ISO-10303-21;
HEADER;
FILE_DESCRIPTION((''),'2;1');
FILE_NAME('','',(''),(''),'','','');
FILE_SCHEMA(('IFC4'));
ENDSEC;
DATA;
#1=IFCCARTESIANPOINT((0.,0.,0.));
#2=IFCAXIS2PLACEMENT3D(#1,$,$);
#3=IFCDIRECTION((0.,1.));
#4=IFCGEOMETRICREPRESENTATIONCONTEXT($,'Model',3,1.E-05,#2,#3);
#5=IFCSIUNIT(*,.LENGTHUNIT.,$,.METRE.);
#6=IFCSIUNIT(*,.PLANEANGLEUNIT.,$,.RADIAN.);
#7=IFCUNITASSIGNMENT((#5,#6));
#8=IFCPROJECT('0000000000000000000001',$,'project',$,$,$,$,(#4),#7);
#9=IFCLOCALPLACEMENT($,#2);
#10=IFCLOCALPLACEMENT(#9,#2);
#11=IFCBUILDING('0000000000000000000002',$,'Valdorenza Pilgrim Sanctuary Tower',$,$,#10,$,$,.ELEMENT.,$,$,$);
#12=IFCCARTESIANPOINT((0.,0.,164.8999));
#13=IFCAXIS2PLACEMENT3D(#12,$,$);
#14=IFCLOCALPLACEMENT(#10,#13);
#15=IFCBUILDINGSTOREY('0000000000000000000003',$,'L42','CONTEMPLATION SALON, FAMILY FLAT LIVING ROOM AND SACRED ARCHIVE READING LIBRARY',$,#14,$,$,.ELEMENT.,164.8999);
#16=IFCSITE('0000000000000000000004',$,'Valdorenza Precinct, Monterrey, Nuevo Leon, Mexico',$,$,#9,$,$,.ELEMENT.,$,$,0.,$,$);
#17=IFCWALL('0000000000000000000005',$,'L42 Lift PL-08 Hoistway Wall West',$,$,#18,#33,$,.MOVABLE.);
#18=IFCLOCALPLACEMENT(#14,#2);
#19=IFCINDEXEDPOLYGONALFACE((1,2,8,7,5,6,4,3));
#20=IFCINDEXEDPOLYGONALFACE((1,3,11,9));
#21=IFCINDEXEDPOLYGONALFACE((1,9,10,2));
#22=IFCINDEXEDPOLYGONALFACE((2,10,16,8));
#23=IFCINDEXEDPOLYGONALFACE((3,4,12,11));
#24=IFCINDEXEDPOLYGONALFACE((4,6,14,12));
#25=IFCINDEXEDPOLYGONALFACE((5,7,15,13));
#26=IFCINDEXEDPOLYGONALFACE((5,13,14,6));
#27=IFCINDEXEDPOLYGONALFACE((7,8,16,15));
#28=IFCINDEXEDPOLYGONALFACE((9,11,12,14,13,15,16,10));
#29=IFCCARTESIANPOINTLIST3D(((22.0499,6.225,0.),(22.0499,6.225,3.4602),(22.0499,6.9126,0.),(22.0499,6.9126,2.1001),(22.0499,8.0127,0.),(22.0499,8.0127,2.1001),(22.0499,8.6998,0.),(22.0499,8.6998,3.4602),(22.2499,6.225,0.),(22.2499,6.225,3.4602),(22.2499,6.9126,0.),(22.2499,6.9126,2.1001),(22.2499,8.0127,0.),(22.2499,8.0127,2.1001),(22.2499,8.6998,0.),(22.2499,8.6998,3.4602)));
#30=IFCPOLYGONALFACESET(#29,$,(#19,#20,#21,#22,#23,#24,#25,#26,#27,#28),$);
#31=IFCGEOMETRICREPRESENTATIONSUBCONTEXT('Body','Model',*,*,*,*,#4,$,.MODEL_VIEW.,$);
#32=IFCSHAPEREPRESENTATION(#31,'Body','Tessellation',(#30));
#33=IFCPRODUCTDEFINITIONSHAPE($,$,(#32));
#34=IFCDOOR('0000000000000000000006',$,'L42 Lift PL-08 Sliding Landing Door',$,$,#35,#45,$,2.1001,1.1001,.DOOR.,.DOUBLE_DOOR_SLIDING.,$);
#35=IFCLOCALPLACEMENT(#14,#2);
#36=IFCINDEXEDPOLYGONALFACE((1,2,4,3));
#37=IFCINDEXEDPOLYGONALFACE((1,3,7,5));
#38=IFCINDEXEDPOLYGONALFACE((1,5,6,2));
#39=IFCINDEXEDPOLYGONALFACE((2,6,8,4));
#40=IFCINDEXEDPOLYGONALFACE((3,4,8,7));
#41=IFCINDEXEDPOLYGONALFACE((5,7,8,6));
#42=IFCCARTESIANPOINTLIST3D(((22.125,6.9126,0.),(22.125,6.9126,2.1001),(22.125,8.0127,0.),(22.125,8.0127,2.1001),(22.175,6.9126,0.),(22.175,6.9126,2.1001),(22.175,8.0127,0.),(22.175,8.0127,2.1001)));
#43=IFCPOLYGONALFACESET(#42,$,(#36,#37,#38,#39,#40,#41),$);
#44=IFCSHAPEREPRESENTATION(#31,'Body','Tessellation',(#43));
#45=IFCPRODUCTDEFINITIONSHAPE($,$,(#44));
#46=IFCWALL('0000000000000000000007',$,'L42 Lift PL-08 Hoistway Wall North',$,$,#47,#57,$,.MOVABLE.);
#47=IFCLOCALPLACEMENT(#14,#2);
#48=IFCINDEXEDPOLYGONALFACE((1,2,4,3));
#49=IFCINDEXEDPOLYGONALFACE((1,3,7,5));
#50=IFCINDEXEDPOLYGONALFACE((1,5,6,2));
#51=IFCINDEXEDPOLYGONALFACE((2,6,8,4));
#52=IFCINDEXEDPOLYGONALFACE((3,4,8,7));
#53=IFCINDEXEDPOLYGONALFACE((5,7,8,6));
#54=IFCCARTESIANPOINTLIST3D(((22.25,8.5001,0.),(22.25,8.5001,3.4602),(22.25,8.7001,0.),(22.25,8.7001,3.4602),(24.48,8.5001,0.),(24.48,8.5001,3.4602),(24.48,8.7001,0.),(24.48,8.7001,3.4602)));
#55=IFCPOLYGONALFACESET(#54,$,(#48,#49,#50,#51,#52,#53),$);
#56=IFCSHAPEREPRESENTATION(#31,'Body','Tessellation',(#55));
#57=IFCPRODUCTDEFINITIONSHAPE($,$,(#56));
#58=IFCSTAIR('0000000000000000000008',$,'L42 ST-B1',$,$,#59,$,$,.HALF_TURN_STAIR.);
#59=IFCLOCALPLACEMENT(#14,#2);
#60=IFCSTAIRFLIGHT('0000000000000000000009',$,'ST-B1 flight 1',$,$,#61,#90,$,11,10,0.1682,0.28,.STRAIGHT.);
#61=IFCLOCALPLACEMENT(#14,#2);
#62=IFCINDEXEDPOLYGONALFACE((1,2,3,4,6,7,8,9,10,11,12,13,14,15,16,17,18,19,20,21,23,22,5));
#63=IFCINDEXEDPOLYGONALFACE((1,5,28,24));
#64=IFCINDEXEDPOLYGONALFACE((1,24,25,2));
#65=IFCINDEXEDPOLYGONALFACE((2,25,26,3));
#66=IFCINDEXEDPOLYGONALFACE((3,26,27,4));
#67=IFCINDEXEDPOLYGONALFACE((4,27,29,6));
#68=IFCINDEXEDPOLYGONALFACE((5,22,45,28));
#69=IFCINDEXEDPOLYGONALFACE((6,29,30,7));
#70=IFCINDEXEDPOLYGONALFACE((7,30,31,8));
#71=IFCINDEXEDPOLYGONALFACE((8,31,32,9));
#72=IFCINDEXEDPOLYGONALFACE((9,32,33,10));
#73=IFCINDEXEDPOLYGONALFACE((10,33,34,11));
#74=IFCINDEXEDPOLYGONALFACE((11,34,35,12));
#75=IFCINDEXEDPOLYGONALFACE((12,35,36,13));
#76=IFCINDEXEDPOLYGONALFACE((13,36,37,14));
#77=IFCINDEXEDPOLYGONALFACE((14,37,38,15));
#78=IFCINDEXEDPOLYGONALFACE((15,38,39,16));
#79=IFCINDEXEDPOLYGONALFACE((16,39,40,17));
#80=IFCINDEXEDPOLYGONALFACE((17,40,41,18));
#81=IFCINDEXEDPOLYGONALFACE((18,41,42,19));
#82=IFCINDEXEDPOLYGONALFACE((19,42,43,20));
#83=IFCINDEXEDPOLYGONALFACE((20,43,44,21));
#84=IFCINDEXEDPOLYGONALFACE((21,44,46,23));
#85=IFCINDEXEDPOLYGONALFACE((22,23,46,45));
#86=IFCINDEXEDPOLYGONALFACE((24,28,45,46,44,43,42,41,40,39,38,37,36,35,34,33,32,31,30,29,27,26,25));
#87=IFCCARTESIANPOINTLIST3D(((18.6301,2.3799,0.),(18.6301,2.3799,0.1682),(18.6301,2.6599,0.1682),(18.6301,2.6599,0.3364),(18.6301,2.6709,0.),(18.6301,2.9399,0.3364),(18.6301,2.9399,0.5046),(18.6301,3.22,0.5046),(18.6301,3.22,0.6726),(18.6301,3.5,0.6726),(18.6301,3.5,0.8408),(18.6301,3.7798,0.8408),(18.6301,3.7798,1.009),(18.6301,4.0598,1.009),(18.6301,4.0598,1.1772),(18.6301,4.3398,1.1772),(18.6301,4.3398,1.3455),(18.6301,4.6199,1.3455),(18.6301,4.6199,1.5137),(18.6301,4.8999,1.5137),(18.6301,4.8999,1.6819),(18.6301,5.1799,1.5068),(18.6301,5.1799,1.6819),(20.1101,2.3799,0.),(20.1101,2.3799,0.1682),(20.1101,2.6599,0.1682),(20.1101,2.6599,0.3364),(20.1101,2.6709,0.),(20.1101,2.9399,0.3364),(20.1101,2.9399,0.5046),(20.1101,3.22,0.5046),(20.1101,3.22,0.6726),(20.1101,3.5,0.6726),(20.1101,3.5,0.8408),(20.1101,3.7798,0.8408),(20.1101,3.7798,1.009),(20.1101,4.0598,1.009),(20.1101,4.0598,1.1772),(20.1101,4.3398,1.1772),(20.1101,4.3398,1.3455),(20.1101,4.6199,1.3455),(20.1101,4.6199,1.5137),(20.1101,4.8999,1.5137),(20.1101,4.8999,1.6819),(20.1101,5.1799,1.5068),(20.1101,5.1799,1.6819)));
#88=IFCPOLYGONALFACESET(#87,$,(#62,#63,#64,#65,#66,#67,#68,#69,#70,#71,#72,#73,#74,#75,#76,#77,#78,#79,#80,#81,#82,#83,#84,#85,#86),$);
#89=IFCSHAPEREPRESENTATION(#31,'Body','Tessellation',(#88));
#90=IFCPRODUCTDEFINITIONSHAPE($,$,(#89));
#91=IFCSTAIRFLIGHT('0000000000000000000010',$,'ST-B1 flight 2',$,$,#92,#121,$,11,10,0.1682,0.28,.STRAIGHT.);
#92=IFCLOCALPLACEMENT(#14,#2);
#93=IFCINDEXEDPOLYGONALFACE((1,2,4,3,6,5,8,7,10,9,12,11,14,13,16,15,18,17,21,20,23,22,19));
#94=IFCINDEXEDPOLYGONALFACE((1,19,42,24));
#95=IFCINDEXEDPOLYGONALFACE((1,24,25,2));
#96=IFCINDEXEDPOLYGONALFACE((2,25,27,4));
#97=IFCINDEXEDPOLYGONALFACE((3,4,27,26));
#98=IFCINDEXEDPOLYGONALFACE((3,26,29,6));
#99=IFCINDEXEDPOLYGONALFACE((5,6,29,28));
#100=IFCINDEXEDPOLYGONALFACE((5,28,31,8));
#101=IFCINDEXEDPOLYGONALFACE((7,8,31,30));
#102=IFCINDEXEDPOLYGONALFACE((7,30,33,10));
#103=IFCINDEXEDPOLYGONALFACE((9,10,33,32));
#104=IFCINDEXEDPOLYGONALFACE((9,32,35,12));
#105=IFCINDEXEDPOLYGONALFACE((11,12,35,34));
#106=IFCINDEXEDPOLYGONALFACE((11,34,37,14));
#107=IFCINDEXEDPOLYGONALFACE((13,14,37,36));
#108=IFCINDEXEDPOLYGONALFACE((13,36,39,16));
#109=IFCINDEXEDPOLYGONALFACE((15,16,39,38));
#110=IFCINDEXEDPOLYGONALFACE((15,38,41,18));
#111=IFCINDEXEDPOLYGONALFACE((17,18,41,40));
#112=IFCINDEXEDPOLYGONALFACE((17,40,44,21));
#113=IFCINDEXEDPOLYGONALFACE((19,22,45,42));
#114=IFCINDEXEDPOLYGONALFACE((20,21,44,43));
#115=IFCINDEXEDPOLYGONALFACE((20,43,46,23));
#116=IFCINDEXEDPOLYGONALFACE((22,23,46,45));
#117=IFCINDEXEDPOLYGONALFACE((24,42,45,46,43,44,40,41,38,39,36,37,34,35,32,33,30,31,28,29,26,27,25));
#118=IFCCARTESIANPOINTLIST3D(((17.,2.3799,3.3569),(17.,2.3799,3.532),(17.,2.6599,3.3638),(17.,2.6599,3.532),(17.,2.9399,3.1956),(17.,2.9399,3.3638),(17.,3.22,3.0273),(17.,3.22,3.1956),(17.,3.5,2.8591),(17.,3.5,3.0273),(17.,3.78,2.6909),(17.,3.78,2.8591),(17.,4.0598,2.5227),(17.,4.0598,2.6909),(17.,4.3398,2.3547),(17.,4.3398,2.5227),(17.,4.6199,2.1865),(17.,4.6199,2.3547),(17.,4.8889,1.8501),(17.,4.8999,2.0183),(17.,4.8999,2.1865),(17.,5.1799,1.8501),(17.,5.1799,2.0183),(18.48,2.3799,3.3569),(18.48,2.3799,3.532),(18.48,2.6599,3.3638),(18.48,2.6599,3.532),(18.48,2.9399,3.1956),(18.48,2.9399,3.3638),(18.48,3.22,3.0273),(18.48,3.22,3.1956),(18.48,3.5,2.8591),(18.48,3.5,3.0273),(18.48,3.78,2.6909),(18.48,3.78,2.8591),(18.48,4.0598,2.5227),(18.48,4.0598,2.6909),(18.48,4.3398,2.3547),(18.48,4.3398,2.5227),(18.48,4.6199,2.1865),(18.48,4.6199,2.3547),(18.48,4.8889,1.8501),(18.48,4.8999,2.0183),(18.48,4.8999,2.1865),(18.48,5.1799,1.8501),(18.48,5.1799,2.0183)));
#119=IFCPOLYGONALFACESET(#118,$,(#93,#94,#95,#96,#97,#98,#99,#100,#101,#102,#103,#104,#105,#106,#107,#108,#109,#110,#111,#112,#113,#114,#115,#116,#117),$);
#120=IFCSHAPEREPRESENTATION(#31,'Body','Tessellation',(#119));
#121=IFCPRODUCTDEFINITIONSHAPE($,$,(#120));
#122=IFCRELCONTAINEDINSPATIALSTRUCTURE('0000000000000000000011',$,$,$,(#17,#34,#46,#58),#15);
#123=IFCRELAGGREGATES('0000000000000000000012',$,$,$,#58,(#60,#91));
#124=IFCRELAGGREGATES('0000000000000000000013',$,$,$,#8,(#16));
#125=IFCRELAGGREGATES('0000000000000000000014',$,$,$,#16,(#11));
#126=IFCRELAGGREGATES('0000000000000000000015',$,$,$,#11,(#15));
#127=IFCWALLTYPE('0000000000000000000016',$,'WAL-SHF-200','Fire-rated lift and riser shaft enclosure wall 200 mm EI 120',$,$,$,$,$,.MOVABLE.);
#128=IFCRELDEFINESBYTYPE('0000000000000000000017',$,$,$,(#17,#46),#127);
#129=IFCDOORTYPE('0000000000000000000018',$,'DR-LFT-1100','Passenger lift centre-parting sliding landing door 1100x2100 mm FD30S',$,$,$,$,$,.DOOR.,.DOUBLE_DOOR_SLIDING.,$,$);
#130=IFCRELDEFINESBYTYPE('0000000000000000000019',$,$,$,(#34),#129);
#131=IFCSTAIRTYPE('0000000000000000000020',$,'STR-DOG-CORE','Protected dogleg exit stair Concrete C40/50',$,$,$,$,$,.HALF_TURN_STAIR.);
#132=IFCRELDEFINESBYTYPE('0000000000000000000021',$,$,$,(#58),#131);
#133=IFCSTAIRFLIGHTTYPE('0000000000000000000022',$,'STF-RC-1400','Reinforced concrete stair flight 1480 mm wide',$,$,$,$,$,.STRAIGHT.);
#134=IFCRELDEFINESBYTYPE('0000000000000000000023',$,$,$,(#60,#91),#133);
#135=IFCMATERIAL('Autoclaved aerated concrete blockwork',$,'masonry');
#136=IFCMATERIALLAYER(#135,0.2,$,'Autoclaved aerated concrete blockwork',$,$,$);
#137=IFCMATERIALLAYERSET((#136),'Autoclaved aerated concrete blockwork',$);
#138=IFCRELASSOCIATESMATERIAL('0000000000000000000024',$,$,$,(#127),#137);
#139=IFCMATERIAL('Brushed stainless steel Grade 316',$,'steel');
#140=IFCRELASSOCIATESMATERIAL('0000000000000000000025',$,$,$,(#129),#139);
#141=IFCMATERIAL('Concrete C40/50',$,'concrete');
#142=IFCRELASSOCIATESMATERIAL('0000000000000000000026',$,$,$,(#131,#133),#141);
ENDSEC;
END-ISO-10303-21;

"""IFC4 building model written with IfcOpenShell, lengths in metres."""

from ifc_helpers import new_model, si_unit, direction, frame, frame_2d, origin, place, context, subcontext, project, spatial, polyline, rectangle, outline, extrude, material, layer, layer_set, type_object, element, fill, aggregate, save


model = new_model("IFC4")

# Units and contexts
model_context = context("Model", 3, precision=1e-05, world=origin(), true_north=direction((0.0, 1.0)))
body_context = subcontext(model_context, "Body", "Model", "MODEL_VIEW")
ifc_project = project(units=[si_unit("LENGTHUNIT", "METRE"), si_unit("PLANEANGLEUNIT", "RADIAN")], contexts=[model_context])

# Site, building, storey
site_placement = place(None, origin())
site = spatial("IfcSite", under=ifc_project, at=site_placement, Name="Valdorenza Precinct, Monterrey, Nuevo Leon, Mexico", CompositionType="ELEMENT", RefElevation=0.0)
building_placement = place(site_placement, origin())
building = spatial("IfcBuilding", under=site, at=building_placement, Name="Valdorenza Pilgrim Sanctuary Tower", CompositionType="ELEMENT")
storey_placement = place(building_placement, frame((0.0, 0.0, 164.8999)))
storey = spatial("IfcBuildingStorey", under=building, at=storey_placement, Name="L42", Description="CONTEMPLATION SALON, FAMILY FLAT LIVING ROOM AND SACRED ARCHIVE READING LIBRARY", CompositionType="ELEMENT", Elevation=164.8999)

# Shared definitions
ifc_material_1 = material(Name="Autoclaved aerated concrete blockwork", Category="masonry")
ifc_layer_1 = layer(ifc_material_1, 0.2, Name="Autoclaved aerated concrete blockwork")
ifc_layer_set_1 = layer_set([ifc_layer_1], Name="Autoclaved aerated concrete blockwork")
wall_type_1 = type_object("IfcWallType", Name="WAL-SHF-200", Description="Fire-rated lift and riser shaft enclosure wall 200 mm EI 120", PredefinedType="MOVABLE", material=ifc_layer_set_1)
ifc_material_2 = material(Name="Brushed stainless steel Grade 316", Category="steel")
door_type_1 = type_object("IfcDoorType", Name="DR-LFT-1100", Description="Passenger lift centre-parting sliding landing door 1100x2100 mm FD30S", OperationType="DOUBLE_DOOR_SLIDING", PredefinedType="DOOR", material=ifc_material_2)

# Wall, opening, door
wall_1_placement = place(storey_placement, frame((22.1499, 6.2251, 0.0), z_axis=(0.0, 0.0, 1.0), x_axis=(0.0, 1.0, 0.0)))
wall_1 = element("IfcWall", 1, at=wall_1_placement, inside=storey, type_object=wall_type_1, Name="L42 Lift PL-08 Hoistway Wall West", PredefinedType="MOVABLE", context=body_context, shape_type="SweptSolid", body=[
    extrude(rectangle(XDim=2.4749, YDim=0.2, at=frame_2d((1.2373, 0.0))), origin(), (0.0, 0.0, 1.0), 3.4602),
])
opening_1_placement = place(wall_1_placement, frame((0.6875, 0.0, 0.0)))
opening_1 = element("IfcOpeningElement", 2, at=opening_1_placement, cuts=wall_1, PredefinedType="OPENING", context=body_context, shape_type="SweptSolid", body=[
    extrude(rectangle(XDim=1.1001, YDim=2.1001, at=frame_2d((0.55, 1.05))), frame((0.0, 0.1147, 0.0), z_axis=(0.0, -1.0, 0.0), x_axis=(1.0, 0.0, 0.0)), (0.0, 0.0, 1.0), 0.2297),
])
door_1_placement = place(opening_1_placement, origin())
door_1 = element("IfcDoor", 3, at=door_1_placement, inside=storey, type_object=door_type_1, Name="L42 Lift PL-08 Sliding Landing Door", OperationType="DOUBLE_DOOR_SLIDING", OverallHeight=2.1001, OverallWidth=1.1001, PredefinedType="DOOR", context=body_context, shape_type="SweptSolid", body=[
    extrude(rectangle(XDim=1.1001, YDim=2.1001, at=frame_2d((0.55, 1.05))), frame((0.0, 0.0249, 0.0), z_axis=(0.0, -1.0, 0.0), x_axis=(1.0, 0.0, 0.0)), (0.0, 0.0, 1.0), 0.05),
])
fill(opening_1, door_1)

# Wall
wall_2_placement = place(storey_placement, frame((22.25, 8.6001, 0.0), z_axis=(0.0, 0.0, 1.0), x_axis=(1.0, 0.0, 0.0)))
element("IfcWall", 4, at=wall_2_placement, inside=storey, type_object=wall_type_1, Name="L42 Lift PL-08 Hoistway Wall North", PredefinedType="MOVABLE", context=body_context, shape_type="SweptSolid", body=[
    extrude(rectangle(XDim=2.23, YDim=0.2, at=frame_2d((1.115, 0.0))), origin(), (0.0, 0.0, 1.0), 3.4602),
])

# Shared definitions
ifc_material_3 = material(Name="Concrete C40/50", Category="concrete")

# Stair, stair flights
stair_type = type_object("IfcStairType", Name="STR-DOG-CORE", Description="Protected dogleg exit stair Concrete C40/50", PredefinedType="HALF_TURN_STAIR", material=ifc_material_3)
stair_placement = place(storey_placement, origin())
stair = element("IfcStair", 5, at=stair_placement, inside=storey, type_object=stair_type, Name="L42 ST-B1", PredefinedType="HALF_TURN_STAIR")
stair_flight_type = type_object("IfcStairFlightType", Name="STF-RC-1400", Description="Reinforced concrete stair flight 1480 mm wide", PredefinedType="STRAIGHT", material=ifc_material_3)
stair_flight_1_placement = place(storey_placement, frame((19.3701, 2.3799, 0.0), z_axis=(0.0, 0.0, 1.0), x_axis=(0.0, 1.0, 0.0)))
stair_flight_1 = element("IfcStairFlight", 6, at=stair_flight_1_placement, type_object=stair_flight_type, Name="ST-B1 flight 1", NumberOfRisers=11, NumberOfTreads=10, PredefinedType="STRAIGHT", RiserHeight=0.1682, TreadLength=0.28, context=body_context, shape_type="SweptSolid", body=[
    extrude(outline(polyline([(0.0, 0.0), (0.0, 0.1682), (0.28, 0.1682), (0.28, 0.3364), (0.5601, 0.3364), (0.5601, 0.5046), (0.8401, 0.5046), (0.8401, 0.6726), (1.1201, 0.6726), (1.1201, 0.8408), (1.3999, 0.8408), (1.3999, 1.009), (1.6799, 1.009), (1.6799, 1.1772), (1.96, 1.1772), (1.96, 1.3455), (2.24, 1.3455), (2.24, 1.5137), (2.52, 1.5137), (2.52, 1.6819), (2.8, 1.6819), (2.8, 1.8501), (2.8, 1.5068), (0.291, 0.0), (0.0, 0.0)])), frame((0.0, 0.74, 0.0), z_axis=(0.0, -1.0, 0.0), x_axis=(1.0, 0.0, 0.0)), (0.0, 0.0, 1.0), 1.48),
])
stair_flight_2_placement = place(storey_placement, frame((17.74, 5.1799, 1.8501), z_axis=(0.0, 0.0, 1.0), x_axis=(0.0, -1.0, 0.0)))
stair_flight_2 = element("IfcStairFlight", 7, at=stair_flight_2_placement, type_object=stair_flight_type, Name="ST-B1 flight 2", NumberOfRisers=11, NumberOfTreads=10, PredefinedType="STRAIGHT", RiserHeight=0.1682, TreadLength=0.28, context=body_context, shape_type="SweptSolid", body=[
    extrude(outline(polyline([(0.0, 0.0), (0.0, 0.1682), (0.28, 0.1682), (0.28, 0.3364), (0.5601, 0.3364), (0.5601, 0.5046), (0.8401, 0.5046), (0.8401, 0.6726), (1.1201, 0.6726), (1.1201, 0.8408), (1.3999, 0.8408), (1.3999, 1.009), (1.6799, 1.009), (1.6799, 1.1772), (1.96, 1.1772), (1.96, 1.3455), (2.24, 1.3455), (2.24, 1.5137), (2.52, 1.5137), (2.52, 1.6819), (2.8, 1.6819), (2.8, 1.8501), (2.8, 1.5068), (0.291, 0.0), (0.0, 0.0)])), frame((0.0, 0.74, 0.0), z_axis=(0.0, -1.0, 0.0), x_axis=(1.0, 0.0, 0.0)), (0.0, 0.0, 1.0), 1.48),
])
aggregate(stair, [stair_flight_1, stair_flight_2])

save(model, "model.ifc")
